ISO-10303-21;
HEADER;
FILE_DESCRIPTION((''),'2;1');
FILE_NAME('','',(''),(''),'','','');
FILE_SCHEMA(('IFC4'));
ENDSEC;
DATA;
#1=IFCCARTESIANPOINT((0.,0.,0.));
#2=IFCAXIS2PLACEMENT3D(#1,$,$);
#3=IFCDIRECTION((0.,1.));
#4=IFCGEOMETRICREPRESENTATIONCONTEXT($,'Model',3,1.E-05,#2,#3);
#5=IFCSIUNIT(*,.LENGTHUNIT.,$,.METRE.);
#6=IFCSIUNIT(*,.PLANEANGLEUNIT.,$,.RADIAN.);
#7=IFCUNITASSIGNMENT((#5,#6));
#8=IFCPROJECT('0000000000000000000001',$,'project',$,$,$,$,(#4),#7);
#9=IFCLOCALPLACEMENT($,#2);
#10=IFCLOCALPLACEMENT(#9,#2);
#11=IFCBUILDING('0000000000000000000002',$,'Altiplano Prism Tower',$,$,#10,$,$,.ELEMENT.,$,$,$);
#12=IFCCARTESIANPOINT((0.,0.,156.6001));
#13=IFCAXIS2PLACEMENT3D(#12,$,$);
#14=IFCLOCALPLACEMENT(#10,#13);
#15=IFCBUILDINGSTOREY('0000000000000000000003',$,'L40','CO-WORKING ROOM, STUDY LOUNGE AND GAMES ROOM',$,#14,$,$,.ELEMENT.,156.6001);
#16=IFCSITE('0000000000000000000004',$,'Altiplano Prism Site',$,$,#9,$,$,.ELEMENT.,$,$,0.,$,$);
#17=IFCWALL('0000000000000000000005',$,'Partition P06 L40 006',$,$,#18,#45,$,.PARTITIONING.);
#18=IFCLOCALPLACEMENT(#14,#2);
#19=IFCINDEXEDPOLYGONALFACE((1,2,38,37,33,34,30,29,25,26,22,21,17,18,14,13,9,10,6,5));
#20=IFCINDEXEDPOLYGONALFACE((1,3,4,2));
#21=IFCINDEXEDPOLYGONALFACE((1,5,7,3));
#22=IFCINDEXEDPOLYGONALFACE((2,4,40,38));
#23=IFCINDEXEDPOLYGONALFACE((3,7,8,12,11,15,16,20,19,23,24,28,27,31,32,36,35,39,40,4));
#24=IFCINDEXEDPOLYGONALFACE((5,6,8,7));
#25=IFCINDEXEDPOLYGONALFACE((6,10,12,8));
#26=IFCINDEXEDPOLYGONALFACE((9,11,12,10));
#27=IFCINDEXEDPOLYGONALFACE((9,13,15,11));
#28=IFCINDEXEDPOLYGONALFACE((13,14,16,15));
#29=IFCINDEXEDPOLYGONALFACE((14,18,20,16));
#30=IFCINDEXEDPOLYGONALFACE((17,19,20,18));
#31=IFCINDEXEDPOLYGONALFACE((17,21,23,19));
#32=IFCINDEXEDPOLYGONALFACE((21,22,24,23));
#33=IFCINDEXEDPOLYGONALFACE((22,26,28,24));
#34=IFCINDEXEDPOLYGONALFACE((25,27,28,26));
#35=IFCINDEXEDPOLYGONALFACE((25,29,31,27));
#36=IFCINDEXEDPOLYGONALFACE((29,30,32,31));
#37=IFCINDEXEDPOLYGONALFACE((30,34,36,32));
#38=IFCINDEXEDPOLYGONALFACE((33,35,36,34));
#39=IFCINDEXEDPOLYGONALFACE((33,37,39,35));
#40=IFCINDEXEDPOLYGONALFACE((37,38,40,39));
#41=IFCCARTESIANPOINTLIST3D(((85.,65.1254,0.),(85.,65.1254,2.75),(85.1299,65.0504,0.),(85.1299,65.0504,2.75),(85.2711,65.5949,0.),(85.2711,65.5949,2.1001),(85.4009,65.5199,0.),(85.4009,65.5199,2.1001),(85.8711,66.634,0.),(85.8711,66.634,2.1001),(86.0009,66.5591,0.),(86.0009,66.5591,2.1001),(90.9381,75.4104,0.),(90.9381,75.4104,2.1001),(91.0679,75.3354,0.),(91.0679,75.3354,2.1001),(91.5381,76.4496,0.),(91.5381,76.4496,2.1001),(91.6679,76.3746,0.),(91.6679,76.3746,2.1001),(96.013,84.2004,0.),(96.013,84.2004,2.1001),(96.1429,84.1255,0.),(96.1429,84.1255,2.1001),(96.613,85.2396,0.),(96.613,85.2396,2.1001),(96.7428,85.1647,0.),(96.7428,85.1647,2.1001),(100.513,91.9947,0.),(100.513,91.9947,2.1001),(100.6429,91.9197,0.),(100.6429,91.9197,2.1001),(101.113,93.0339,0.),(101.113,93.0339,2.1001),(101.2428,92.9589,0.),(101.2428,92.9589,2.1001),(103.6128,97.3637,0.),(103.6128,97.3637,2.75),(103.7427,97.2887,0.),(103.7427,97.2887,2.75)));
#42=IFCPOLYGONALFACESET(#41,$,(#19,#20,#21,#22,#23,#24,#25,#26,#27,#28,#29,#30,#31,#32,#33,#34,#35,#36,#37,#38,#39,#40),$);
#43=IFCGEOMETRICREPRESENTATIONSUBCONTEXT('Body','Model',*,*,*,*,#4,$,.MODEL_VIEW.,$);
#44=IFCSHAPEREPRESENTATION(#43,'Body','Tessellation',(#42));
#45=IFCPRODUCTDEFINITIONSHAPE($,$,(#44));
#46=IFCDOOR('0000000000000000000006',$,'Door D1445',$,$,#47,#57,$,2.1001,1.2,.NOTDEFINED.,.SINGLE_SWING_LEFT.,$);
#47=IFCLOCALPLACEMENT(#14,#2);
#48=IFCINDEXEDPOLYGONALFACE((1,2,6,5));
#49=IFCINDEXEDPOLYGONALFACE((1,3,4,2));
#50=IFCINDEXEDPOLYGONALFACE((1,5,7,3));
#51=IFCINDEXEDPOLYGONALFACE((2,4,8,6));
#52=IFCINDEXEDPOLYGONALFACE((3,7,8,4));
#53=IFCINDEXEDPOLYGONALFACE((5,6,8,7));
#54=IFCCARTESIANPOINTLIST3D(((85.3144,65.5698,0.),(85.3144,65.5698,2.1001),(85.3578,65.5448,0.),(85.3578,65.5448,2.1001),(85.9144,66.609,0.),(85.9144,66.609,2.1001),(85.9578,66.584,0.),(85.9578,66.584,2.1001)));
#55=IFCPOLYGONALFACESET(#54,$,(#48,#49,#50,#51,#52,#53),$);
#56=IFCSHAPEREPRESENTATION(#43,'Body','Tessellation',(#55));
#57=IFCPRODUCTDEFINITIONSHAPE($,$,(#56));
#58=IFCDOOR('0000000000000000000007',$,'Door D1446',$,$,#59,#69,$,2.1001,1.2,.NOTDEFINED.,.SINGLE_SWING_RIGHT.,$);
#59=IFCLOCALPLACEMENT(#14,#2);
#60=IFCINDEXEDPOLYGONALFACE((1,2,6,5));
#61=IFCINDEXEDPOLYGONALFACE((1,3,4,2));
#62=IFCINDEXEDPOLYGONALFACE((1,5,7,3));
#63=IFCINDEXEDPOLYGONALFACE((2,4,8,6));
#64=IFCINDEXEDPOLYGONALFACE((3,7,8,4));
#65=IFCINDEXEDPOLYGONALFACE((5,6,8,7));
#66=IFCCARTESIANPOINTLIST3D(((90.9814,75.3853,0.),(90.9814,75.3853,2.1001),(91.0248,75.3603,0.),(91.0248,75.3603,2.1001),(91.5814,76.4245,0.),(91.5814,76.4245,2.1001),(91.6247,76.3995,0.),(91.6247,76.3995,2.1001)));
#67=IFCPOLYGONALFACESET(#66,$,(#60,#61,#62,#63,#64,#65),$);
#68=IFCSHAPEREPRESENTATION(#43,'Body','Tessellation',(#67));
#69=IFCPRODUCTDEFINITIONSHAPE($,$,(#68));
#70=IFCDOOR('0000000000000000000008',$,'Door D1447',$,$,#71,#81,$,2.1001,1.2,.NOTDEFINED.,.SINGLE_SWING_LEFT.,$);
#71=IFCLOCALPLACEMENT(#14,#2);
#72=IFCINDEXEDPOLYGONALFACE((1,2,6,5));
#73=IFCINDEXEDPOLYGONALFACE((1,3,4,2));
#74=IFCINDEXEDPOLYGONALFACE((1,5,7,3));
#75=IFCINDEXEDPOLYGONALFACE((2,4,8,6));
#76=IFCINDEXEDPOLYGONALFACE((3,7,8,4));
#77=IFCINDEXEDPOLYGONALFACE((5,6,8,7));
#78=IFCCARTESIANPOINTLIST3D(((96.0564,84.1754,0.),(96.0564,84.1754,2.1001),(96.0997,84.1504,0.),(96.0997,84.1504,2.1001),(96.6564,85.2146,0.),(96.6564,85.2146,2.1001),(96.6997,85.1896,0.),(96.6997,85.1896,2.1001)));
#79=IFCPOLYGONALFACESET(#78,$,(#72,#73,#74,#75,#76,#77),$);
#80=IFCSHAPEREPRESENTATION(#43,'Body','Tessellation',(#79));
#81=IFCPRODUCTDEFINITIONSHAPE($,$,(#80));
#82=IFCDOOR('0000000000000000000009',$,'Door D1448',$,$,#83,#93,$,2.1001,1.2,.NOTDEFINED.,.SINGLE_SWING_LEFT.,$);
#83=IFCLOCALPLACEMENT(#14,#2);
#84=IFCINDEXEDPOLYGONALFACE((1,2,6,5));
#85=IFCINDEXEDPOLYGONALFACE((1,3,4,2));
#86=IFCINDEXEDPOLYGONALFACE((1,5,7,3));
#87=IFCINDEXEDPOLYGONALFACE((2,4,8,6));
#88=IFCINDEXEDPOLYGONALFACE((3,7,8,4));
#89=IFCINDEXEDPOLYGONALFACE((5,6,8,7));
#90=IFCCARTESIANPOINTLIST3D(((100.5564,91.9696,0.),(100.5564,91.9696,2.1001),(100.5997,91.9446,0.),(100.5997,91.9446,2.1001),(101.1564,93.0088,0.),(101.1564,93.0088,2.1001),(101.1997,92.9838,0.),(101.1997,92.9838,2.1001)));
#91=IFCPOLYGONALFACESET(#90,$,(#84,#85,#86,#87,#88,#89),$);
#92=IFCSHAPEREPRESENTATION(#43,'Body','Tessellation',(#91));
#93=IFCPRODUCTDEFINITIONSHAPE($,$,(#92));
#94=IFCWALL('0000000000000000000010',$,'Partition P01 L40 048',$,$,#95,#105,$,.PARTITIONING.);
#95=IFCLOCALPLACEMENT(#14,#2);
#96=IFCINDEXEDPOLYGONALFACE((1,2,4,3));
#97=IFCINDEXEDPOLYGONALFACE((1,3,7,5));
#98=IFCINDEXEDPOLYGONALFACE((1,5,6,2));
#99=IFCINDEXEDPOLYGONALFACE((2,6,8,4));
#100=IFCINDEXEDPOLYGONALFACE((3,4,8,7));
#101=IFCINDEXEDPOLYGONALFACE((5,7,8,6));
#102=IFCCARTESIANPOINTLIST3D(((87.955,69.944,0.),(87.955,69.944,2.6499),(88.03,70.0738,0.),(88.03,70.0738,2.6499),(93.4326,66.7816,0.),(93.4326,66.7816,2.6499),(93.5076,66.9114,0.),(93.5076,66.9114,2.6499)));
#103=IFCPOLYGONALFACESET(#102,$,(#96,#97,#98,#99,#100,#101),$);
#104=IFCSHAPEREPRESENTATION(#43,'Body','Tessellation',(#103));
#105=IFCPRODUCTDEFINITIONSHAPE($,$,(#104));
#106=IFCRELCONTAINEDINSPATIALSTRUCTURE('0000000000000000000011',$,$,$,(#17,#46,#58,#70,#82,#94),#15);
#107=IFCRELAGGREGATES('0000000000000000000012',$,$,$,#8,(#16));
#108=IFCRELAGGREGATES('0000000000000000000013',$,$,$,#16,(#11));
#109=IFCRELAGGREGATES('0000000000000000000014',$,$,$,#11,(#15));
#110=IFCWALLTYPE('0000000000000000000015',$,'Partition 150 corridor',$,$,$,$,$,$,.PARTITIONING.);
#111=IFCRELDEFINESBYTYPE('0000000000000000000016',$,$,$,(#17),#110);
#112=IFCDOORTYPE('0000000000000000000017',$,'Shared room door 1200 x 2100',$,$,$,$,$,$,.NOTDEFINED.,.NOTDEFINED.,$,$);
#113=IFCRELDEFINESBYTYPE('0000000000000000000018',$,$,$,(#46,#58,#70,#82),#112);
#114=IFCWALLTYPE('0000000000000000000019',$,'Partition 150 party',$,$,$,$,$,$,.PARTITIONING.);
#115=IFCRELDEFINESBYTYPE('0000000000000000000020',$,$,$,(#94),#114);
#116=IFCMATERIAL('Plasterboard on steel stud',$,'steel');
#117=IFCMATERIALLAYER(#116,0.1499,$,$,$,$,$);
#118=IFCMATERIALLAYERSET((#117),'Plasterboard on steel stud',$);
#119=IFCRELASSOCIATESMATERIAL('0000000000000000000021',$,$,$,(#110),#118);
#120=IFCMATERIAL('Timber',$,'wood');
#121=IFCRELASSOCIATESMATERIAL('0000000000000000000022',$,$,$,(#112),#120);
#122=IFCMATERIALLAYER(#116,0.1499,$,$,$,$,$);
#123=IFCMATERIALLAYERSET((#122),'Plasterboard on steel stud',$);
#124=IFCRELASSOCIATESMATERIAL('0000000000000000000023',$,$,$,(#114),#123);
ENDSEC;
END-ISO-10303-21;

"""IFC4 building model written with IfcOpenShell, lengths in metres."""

from ifc_helpers import new_model, si_unit, direction, frame, frame_2d, origin, place, context, subcontext, project, spatial, rectangle, extrude, material, layer, layer_set, type_object, element, fill, save


model = new_model("IFC4")

# Units and contexts
model_context = context("Model", 3, precision=1e-05, world=origin(), true_north=direction((0.0, 1.0)))
body_context = subcontext(model_context, "Body", "Model", "MODEL_VIEW")
ifc_project = project(units=[si_unit("LENGTHUNIT", "METRE"), si_unit("PLANEANGLEUNIT", "RADIAN")], contexts=[model_context])

# Site, building, storey
site_placement = place(None, origin())
site = spatial("IfcSite", under=ifc_project, at=site_placement, Name="Altiplano Prism Site", CompositionType="ELEMENT", RefElevation=0.0)
building_placement = place(site_placement, origin())
building = spatial("IfcBuilding", under=site, at=building_placement, Name="Altiplano Prism Tower", CompositionType="ELEMENT")
storey_placement = place(building_placement, frame((0.0, 0.0, 156.6001)))
storey = spatial("IfcBuildingStorey", under=building, at=storey_placement, Name="L40", Description="CO-WORKING ROOM, STUDY LOUNGE AND GAMES ROOM", CompositionType="ELEMENT", Elevation=156.6001)

# Wall, openings, doors
ifc_material_1 = material(Name="Plasterboard on steel stud", Category="steel")
ifc_layer_1 = layer(ifc_material_1, 0.1499)
ifc_layer_set_1 = layer_set([ifc_layer_1], Name="Plasterboard on steel stud")
wall_type_1 = type_object("IfcWallType", Name="Partition 150 corridor", PredefinedType="PARTITIONING", material=ifc_layer_set_1)
wall_1_placement = place(storey_placement, frame((85.0649, 65.0879, 0.0), z_axis=(0.0, 0.0, 1.0), x_axis=(0.5, 0.866025, 0.0)))
wall_1 = element("IfcWall", 1, at=wall_1_placement, inside=storey, type_object=wall_type_1, Name="Partition P06 L40 006", PredefinedType="PARTITIONING", context=body_context, shape_type="SweptSolid", body=[
    extrude(rectangle(XDim=37.2256, YDim=0.1499, at=frame_2d((18.6128, 0.0))), origin(), (0.0, 0.0, 1.0), 2.75),
])
opening_1_placement = place(wall_1_placement, frame((0.542, 0.0, 0.0)))
opening_1 = element("IfcOpeningElement", 2, at=opening_1_placement, cuts=wall_1, PredefinedType="OPENING", context=body_context, shape_type="SweptSolid", body=[
    extrude(rectangle(XDim=1.2, YDim=2.1001, at=frame_2d((0.6001, 1.05))), frame((0.0, 0.0854, 0.0), z_axis=(0.0, -1.0, 0.0), x_axis=(1.0, 0.0, 0.0)), (0.0, 0.0, 1.0), 0.1709),
])
opening_2_placement = place(wall_1_placement, frame((11.876, 0.0, 0.0)))
opening_2 = element("IfcOpeningElement", 3, at=opening_2_placement, cuts=wall_1, PredefinedType="OPENING", context=body_context, shape_type="SweptSolid", body=[
    extrude(rectangle(XDim=1.2, YDim=2.1001, at=frame_2d((0.6001, 1.05))), frame((0.0, 0.0854, 0.0), z_axis=(0.0, -1.0, 0.0), x_axis=(1.0, 0.0, 0.0)), (0.0, 0.0, 1.0), 0.1709),
])
opening_3_placement = place(wall_1_placement, frame((22.0259, 0.0, 0.0)))
opening_3 = element("IfcOpeningElement", 4, at=opening_3_placement, cuts=wall_1, PredefinedType="OPENING", context=body_context, shape_type="SweptSolid", body=[
    extrude(rectangle(XDim=1.2, YDim=2.1001, at=frame_2d((0.6001, 1.05))), frame((0.0, 0.0854, 0.0), z_axis=(0.0, -1.0, 0.0), x_axis=(1.0, 0.0, 0.0)), (0.0, 0.0, 1.0), 0.1709),
])
opening_4_placement = place(wall_1_placement, frame((31.0259, 0.0, 0.0)))
opening_4 = element("IfcOpeningElement", 5, at=opening_4_placement, cuts=wall_1, PredefinedType="OPENING", context=body_context, shape_type="SweptSolid", body=[
    extrude(rectangle(XDim=1.2, YDim=2.1001, at=frame_2d((0.6001, 1.05))), frame((0.0, 0.0854, 0.0), z_axis=(0.0, -1.0, 0.0), x_axis=(1.0, 0.0, 0.0)), (0.0, 0.0, 1.0), 0.1709),
])
ifc_material_2 = material(Name="Timber", Category="wood")
door_type = type_object("IfcDoorType", Name="Shared room door 1200 x 2100", OperationType="NOTDEFINED", PredefinedType="NOTDEFINED", material=ifc_material_2)
door_1_placement = place(opening_1_placement, origin())
door_1 = element("IfcDoor", 6, at=door_1_placement, inside=storey, type_object=door_type, Name="Door D1445", OperationType="SINGLE_SWING_LEFT", OverallHeight=2.1001, OverallWidth=1.2, PredefinedType="NOTDEFINED", context=body_context, shape_type="SweptSolid", body=[
    extrude(rectangle(XDim=1.2, YDim=2.1001, at=frame_2d((0.6001, 1.05))), frame((0.0, 0.0249, 0.0), z_axis=(0.0, -1.0, 0.0), x_axis=(1.0, 0.0, 0.0)), (0.0, 0.0, 1.0), 0.05),
])
fill(opening_1, door_1)
door_2_placement = place(opening_2_placement, origin())
door_2 = element("IfcDoor", 7, at=door_2_placement, inside=storey, type_object=door_type, Name="Door D1446", OperationType="SINGLE_SWING_RIGHT", OverallHeight=2.1001, OverallWidth=1.2, PredefinedType="NOTDEFINED", context=body_context, shape_type="SweptSolid", body=[
    extrude(rectangle(XDim=1.2, YDim=2.1001, at=frame_2d((0.6001, 1.05))), frame((0.0, 0.0249, 0.0), z_axis=(0.0, -1.0, 0.0), x_axis=(1.0, 0.0, 0.0)), (0.0, 0.0, 1.0), 0.05),
])
fill(opening_2, door_2)
door_3_placement = place(opening_3_placement, origin())
door_3 = element("IfcDoor", 8, at=door_3_placement, inside=storey, type_object=door_type, Name="Door D1447", OperationType="SINGLE_SWING_LEFT", OverallHeight=2.1001, OverallWidth=1.2, PredefinedType="NOTDEFINED", context=body_context, shape_type="SweptSolid", body=[
    extrude(rectangle(XDim=1.2, YDim=2.1001, at=frame_2d((0.6001, 1.05))), frame((0.0, 0.0249, 0.0), z_axis=(0.0, -1.0, 0.0), x_axis=(1.0, 0.0, 0.0)), (0.0, 0.0, 1.0), 0.05),
])
fill(opening_3, door_3)
door_4_placement = place(opening_4_placement, origin())
door_4 = element("IfcDoor", 9, at=door_4_placement, inside=storey, type_object=door_type, Name="Door D1448", OperationType="SINGLE_SWING_LEFT", OverallHeight=2.1001, OverallWidth=1.2, PredefinedType="NOTDEFINED", context=body_context, shape_type="SweptSolid", body=[
    extrude(rectangle(XDim=1.2, YDim=2.1001, at=frame_2d((0.6001, 1.05))), frame((0.0, 0.0249, 0.0), z_axis=(0.0, -1.0, 0.0), x_axis=(1.0, 0.0, 0.0)), (0.0, 0.0, 1.0), 0.05),
])
fill(opening_4, door_4)

# Wall
ifc_layer_2 = layer(ifc_material_1, 0.1499)
ifc_layer_set_2 = layer_set([ifc_layer_2], Name="Plasterboard on steel stud")
wall_type_2 = type_object("IfcWallType", Name="Partition 150 party", PredefinedType="PARTITIONING", material=ifc_layer_set_2)
wall_2_placement = place(storey_placement, frame((93.4702, 66.8464, 0.0), z_axis=(0.0, 0.0, 1.0), x_axis=(-0.866033, 0.499988, 0.0)))
element("IfcWall", 10, at=wall_2_placement, inside=storey, type_object=wall_type_2, Name="Partition P01 L40 048", PredefinedType="PARTITIONING", context=body_context, shape_type="SweptSolid", body=[
    extrude(rectangle(XDim=6.325, YDim=0.1499, at=frame_2d((3.1626, 0.0))), origin(), (0.0, 0.0, 1.0), 2.6499),
])

save(model, "model.ifc")
